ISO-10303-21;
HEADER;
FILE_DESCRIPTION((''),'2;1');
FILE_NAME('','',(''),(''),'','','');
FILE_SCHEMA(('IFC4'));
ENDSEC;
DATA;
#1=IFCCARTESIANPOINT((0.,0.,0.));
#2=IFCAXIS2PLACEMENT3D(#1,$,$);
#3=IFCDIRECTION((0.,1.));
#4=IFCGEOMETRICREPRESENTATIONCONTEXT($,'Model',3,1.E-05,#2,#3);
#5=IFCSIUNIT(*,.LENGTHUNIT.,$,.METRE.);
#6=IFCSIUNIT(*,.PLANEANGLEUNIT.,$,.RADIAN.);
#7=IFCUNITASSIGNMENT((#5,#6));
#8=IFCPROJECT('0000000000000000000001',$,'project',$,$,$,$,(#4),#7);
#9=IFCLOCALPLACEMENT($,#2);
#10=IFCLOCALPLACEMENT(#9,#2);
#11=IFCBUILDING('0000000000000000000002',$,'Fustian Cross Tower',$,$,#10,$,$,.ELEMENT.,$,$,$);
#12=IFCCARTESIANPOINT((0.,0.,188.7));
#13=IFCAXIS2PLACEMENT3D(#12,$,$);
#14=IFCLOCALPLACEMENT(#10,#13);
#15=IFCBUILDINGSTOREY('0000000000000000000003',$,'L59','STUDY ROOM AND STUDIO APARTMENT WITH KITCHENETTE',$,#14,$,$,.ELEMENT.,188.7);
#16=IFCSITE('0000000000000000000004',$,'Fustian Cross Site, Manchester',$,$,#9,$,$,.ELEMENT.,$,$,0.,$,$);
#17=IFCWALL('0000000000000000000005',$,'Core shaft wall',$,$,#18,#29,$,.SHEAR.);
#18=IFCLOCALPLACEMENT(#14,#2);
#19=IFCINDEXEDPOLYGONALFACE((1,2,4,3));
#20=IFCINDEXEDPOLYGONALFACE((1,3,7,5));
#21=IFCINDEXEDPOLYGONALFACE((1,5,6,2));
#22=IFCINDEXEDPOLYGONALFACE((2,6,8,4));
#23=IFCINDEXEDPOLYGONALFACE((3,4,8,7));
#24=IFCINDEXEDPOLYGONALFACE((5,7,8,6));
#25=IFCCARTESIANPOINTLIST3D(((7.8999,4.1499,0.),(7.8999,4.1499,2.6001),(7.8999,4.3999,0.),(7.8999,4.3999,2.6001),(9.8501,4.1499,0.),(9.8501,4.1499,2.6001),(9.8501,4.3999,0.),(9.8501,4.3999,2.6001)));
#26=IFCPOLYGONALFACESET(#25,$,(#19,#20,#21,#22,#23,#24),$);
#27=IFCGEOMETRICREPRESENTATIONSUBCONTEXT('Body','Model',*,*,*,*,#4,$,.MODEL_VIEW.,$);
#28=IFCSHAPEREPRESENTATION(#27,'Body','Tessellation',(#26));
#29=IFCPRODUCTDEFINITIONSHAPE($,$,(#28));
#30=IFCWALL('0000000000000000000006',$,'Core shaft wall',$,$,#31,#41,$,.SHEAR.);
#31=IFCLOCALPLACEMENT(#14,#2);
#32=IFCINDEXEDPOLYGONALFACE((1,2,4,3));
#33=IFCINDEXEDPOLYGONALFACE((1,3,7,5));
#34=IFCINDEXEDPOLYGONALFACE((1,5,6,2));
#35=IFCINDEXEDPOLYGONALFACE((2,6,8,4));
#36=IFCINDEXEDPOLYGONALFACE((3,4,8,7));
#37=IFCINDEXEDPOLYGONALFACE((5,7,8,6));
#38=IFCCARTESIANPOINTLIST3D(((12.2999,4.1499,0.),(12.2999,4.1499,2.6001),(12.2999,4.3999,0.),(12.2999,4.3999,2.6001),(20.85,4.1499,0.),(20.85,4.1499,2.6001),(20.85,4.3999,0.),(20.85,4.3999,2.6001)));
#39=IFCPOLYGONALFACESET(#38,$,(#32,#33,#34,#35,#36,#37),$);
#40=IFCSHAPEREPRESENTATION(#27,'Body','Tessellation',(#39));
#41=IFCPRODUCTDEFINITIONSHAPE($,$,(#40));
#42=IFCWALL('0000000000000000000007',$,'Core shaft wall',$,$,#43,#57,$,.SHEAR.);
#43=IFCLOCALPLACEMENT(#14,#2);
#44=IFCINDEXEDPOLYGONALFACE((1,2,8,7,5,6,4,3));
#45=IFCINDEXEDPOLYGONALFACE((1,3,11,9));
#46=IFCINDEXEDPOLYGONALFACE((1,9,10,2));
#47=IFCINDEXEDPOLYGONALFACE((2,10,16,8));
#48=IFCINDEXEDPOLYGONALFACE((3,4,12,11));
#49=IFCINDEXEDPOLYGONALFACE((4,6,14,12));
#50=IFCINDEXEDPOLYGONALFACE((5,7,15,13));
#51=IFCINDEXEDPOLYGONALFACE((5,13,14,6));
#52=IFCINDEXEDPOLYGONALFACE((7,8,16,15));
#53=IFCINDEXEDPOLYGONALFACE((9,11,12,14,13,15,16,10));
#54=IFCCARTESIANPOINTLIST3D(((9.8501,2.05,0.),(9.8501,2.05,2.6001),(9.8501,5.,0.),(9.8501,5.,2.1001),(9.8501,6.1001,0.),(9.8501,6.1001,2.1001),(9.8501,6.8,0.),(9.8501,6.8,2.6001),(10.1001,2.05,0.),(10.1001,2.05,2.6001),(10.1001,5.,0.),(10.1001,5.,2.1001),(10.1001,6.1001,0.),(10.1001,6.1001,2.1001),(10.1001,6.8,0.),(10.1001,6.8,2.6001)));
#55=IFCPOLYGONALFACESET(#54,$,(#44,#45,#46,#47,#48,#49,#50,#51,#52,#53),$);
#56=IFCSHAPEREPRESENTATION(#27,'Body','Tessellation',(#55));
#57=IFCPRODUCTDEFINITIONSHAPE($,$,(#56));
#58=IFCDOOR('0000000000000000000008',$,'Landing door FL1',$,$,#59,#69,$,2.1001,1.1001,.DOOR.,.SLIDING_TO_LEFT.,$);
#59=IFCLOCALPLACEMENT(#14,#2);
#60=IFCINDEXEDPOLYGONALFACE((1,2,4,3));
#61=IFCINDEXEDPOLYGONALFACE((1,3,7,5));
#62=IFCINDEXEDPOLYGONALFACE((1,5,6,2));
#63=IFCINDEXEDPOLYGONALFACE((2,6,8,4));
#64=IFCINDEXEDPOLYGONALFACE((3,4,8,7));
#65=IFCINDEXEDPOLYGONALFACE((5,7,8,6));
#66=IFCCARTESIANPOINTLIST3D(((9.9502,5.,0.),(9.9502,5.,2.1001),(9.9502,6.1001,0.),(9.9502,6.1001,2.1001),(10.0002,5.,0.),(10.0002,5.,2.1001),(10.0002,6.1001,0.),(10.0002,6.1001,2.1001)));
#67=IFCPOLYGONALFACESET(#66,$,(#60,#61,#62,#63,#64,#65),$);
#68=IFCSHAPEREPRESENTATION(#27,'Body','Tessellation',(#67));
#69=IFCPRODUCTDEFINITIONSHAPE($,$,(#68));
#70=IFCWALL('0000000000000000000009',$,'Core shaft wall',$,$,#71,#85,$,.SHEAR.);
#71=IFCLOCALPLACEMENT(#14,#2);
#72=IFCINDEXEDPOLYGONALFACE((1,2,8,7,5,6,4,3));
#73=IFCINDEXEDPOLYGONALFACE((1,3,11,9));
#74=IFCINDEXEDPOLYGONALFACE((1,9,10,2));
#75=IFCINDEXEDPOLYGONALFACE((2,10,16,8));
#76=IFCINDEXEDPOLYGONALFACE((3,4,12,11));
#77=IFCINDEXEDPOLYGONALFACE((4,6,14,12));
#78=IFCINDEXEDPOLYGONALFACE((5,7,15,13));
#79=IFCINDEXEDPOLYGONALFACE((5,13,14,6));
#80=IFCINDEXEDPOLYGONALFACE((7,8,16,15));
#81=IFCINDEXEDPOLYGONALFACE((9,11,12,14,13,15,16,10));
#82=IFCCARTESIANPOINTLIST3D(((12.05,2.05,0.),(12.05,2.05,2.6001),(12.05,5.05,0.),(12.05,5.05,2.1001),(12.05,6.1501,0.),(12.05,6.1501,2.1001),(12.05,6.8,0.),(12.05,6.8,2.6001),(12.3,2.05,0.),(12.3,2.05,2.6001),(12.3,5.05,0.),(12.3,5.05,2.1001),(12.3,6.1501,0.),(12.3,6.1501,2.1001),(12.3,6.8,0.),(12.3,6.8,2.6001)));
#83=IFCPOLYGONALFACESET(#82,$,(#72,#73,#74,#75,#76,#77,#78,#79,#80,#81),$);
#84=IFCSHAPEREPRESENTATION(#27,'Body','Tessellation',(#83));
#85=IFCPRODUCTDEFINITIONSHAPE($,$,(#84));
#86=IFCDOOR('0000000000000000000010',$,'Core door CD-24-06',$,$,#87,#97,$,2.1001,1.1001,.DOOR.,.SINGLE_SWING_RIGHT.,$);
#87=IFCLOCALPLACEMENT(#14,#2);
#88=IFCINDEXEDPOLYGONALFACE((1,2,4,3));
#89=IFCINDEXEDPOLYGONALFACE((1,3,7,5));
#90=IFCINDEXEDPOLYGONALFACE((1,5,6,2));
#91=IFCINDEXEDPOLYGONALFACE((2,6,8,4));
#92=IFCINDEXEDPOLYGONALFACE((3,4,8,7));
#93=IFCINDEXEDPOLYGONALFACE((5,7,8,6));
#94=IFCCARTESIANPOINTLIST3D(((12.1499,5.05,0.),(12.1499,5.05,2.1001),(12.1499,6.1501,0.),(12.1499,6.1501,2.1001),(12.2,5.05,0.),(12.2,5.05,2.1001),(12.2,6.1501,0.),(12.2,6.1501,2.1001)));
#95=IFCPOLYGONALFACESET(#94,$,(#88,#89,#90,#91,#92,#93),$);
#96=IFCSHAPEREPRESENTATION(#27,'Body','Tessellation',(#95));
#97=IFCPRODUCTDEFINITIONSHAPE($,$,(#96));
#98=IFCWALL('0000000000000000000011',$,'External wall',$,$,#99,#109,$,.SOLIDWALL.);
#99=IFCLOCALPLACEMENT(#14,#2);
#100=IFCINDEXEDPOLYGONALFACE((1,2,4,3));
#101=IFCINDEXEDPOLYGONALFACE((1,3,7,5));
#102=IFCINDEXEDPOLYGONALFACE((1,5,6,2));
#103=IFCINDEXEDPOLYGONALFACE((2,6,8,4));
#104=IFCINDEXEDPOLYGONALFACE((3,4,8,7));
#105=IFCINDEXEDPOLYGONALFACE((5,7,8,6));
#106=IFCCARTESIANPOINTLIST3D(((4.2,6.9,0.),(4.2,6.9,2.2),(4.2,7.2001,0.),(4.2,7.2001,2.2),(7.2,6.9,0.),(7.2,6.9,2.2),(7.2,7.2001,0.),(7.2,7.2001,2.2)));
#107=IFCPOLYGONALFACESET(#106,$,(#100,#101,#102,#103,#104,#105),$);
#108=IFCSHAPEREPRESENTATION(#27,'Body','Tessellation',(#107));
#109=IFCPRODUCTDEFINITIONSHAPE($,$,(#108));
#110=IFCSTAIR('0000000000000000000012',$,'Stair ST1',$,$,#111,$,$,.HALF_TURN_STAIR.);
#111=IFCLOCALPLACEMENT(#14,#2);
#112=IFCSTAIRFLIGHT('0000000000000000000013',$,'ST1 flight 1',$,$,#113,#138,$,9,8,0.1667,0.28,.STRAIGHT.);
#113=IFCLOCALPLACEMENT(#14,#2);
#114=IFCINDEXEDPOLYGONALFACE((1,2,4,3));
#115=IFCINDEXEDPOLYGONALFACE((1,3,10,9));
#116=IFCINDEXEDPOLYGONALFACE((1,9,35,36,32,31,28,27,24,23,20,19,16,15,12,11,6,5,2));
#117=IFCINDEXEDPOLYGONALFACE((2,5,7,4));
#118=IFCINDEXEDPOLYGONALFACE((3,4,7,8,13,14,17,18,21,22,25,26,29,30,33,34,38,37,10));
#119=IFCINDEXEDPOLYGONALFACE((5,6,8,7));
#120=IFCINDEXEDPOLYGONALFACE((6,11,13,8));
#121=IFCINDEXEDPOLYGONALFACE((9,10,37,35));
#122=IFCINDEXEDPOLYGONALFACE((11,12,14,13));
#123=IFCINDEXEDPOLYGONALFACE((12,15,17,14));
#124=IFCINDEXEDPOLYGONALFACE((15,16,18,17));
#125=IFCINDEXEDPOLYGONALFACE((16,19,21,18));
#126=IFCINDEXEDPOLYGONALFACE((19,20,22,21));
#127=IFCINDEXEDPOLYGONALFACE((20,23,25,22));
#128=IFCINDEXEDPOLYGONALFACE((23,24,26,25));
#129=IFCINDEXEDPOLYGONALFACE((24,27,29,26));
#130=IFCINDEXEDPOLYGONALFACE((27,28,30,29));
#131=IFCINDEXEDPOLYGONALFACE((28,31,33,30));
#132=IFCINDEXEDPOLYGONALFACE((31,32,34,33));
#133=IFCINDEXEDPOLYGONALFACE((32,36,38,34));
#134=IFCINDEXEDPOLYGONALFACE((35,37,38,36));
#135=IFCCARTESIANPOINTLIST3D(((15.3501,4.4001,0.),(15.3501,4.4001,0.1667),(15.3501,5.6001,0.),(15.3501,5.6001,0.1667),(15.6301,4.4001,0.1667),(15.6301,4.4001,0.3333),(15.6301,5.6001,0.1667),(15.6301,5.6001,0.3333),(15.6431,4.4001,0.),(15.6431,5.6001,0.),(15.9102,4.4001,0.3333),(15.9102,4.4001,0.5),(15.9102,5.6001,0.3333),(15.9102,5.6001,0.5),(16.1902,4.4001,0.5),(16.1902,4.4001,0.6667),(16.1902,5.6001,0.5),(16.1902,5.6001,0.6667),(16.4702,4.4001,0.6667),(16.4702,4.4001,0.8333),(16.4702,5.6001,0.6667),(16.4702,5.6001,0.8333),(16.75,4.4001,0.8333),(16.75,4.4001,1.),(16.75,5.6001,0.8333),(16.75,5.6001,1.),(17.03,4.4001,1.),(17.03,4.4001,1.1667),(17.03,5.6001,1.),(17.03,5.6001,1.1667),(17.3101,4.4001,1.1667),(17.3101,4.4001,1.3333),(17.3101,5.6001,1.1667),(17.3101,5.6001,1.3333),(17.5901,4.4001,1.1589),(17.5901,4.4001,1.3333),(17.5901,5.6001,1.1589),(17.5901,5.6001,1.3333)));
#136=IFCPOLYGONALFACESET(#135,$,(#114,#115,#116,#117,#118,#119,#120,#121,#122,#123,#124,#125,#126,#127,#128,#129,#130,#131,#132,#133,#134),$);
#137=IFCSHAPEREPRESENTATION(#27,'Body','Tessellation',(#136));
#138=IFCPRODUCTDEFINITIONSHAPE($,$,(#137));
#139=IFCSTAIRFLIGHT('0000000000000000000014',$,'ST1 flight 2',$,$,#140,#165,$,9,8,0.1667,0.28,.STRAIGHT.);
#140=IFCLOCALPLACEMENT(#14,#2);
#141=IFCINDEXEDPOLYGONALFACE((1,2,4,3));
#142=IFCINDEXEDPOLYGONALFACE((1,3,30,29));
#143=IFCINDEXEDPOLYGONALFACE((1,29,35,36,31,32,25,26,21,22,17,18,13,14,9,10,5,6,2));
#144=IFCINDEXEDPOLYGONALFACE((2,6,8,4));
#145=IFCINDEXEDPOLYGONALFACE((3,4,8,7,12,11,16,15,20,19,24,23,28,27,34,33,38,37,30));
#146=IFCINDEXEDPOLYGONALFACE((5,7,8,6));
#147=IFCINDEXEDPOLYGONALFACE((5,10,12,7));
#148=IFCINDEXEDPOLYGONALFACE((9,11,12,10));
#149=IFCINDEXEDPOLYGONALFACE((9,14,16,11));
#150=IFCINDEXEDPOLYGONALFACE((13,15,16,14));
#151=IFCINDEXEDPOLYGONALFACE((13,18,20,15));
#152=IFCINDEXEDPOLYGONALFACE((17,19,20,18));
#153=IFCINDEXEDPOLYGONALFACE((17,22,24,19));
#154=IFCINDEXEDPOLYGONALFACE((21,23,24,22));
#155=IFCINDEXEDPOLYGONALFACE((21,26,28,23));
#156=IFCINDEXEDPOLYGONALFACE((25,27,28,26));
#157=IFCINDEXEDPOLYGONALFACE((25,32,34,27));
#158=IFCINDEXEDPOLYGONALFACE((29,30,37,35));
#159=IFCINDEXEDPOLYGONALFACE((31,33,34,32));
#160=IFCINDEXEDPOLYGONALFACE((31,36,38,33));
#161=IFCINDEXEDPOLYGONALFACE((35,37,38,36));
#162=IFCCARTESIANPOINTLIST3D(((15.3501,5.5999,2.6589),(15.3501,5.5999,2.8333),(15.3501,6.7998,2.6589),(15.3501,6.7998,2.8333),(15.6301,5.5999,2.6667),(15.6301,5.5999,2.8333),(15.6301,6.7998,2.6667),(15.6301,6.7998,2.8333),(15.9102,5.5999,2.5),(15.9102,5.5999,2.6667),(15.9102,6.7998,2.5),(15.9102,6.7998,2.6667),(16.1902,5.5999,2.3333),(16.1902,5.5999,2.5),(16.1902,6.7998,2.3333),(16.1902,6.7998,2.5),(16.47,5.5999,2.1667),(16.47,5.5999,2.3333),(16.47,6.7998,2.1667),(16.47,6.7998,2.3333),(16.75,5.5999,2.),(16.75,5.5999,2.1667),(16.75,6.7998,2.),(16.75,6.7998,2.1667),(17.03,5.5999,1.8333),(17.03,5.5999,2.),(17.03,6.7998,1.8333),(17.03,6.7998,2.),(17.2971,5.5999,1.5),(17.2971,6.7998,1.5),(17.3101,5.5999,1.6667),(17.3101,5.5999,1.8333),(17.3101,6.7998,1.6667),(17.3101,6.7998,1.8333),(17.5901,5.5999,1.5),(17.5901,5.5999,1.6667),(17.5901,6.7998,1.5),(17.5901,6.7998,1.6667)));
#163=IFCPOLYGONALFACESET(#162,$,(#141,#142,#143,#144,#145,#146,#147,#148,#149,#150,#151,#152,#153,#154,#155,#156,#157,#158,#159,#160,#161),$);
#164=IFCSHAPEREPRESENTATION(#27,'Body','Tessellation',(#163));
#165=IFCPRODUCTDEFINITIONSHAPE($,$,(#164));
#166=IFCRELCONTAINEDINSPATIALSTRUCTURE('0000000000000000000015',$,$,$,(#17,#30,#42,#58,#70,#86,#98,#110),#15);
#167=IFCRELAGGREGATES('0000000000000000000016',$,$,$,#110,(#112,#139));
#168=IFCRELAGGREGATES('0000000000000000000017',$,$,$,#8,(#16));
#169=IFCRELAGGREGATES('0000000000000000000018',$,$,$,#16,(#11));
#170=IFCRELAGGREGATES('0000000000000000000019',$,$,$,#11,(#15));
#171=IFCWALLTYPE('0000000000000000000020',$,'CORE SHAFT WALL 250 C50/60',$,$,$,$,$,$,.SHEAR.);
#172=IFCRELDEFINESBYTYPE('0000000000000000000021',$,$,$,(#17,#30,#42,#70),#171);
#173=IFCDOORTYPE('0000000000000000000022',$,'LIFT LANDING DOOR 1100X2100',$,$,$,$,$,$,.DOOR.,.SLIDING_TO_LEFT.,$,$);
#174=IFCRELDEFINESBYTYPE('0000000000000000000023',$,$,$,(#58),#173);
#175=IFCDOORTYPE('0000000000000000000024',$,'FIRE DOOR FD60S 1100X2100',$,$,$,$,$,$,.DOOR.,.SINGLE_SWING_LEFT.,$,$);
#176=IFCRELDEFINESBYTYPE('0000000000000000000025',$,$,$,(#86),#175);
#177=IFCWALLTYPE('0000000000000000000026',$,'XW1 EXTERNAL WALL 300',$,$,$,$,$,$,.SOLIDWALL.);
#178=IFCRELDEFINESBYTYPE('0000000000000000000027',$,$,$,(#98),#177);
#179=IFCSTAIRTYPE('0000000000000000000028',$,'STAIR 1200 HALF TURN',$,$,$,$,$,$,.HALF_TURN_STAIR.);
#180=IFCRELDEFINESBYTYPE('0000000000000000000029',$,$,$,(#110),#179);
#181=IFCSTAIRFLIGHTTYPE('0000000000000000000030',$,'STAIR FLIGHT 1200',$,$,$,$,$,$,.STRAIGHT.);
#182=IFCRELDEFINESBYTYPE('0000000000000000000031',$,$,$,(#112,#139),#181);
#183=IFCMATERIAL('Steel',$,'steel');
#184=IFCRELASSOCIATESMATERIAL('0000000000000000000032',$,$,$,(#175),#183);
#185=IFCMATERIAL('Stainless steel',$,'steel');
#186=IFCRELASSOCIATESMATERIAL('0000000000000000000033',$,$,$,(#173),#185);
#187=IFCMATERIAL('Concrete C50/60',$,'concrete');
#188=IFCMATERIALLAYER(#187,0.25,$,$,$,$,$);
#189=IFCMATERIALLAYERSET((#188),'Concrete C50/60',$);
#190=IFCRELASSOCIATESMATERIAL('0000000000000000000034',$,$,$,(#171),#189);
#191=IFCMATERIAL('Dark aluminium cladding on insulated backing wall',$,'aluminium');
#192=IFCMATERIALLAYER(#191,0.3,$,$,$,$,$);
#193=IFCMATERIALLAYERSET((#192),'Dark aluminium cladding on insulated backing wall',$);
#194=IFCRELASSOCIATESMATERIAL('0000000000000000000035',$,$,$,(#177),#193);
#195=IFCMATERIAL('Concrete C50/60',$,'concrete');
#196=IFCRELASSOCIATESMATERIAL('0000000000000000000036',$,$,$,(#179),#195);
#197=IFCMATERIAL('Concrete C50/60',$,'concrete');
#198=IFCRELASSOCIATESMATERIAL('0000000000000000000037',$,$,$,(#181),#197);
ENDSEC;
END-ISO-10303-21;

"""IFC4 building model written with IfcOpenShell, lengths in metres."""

from ifc_helpers import new_model, si_unit, direction, frame, frame_2d, origin, place, context, subcontext, project, spatial, polyline, rectangle, outline, extrude, material, layer, layer_set, type_object, element, fill, aggregate, save


model = new_model("IFC4")

# Units and contexts
model_context = context("Model", 3, precision=1e-05, world=origin(), true_north=direction((0.0, 1.0)))
body_context = subcontext(model_context, "Body", "Model", "MODEL_VIEW")
ifc_project = project(units=[si_unit("LENGTHUNIT", "METRE"), si_unit("PLANEANGLEUNIT", "RADIAN")], contexts=[model_context])

# Site, building, storey
site_placement = place(None, origin())
site = spatial("IfcSite", under=ifc_project, at=site_placement, Name="Fustian Cross Site, Manchester", CompositionType="ELEMENT", RefElevation=0.0)
building_placement = place(site_placement, origin())
building = spatial("IfcBuilding", under=site, at=building_placement, Name="Fustian Cross Tower", CompositionType="ELEMENT")
storey_placement = place(building_placement, frame((0.0, 0.0, 188.7)))
storey = spatial("IfcBuildingStorey", under=building, at=storey_placement, Name="L59", Description="STUDY ROOM AND STUDIO APARTMENT WITH KITCHENETTE", CompositionType="ELEMENT", Elevation=188.7)

# Shared definitions
ifc_material_1 = material(Name="Steel", Category="steel")
door_type_1 = type_object("IfcDoorType", Name="FIRE DOOR FD60S 1100X2100", OperationType="SINGLE_SWING_LEFT", PredefinedType="DOOR", material=ifc_material_1)
ifc_material_2 = material(Name="Stainless steel", Category="steel")
door_type_2 = type_object("IfcDoorType", Name="LIFT LANDING DOOR 1100X2100", OperationType="SLIDING_TO_LEFT", PredefinedType="DOOR", material=ifc_material_2)

# Walls
ifc_material_3 = material(Name="Concrete C50/60", Category="concrete")
ifc_layer_1 = layer(ifc_material_3, 0.25)
ifc_layer_set_1 = layer_set([ifc_layer_1], Name="Concrete C50/60")
wall_type_1 = type_object("IfcWallType", Name="CORE SHAFT WALL 250 C50/60", PredefinedType="SHEAR", material=ifc_layer_set_1)
wall_1_placement = place(storey_placement, frame((7.8999, 4.2749, 0.0), z_axis=(0.0, 0.0, 1.0), x_axis=(1.0, 0.0, 0.0)))
element("IfcWall", 1, at=wall_1_placement, inside=storey, type_object=wall_type_1, Name="Core shaft wall", PredefinedType="SHEAR", context=body_context, shape_type="SweptSolid", body=[
    extrude(rectangle(XDim=1.9502, YDim=0.25, at=frame_2d((0.9751, 0.0))), origin(), (0.0, 0.0, 1.0), 2.6001),
])
wall_2_placement = place(storey_placement, frame((12.3, 4.2749, 0.0), z_axis=(0.0, 0.0, 1.0), x_axis=(1.0, 0.0, 0.0)))
element("IfcWall", 2, at=wall_2_placement, inside=storey, type_object=wall_type_1, Name="Core shaft wall", PredefinedType="SHEAR", context=body_context, shape_type="SweptSolid", body=[
    extrude(rectangle(XDim=8.55, YDim=0.25, at=frame_2d((4.2749, 0.0))), origin(), (0.0, 0.0, 1.0), 2.6001),
])

# Walls, openings, doors
wall_3_placement = place(storey_placement, frame((9.9751, 2.05, 0.0), z_axis=(0.0, 0.0, 1.0), x_axis=(0.0, 1.0, 0.0)))
wall_3 = element("IfcWall", 3, at=wall_3_placement, inside=storey, type_object=wall_type_1, Name="Core shaft wall", PredefinedType="SHEAR", context=body_context, shape_type="SweptSolid", body=[
    extrude(rectangle(XDim=4.75, YDim=0.25, at=frame_2d((2.375, 0.0))), origin(), (0.0, 0.0, 1.0), 2.6001),
])
opening_1_placement = place(wall_3_placement, frame((2.95, 0.0, 0.0)))
opening_1 = element("IfcOpeningElement", 4, at=opening_1_placement, cuts=wall_3, PredefinedType="OPENING", context=body_context, shape_type="SweptSolid", body=[
    extrude(rectangle(XDim=1.1001, YDim=2.1001, at=frame_2d((0.55, 1.05))), frame((0.0, 0.135, 0.0), z_axis=(0.0, -1.0, 0.0), x_axis=(1.0, 0.0, 0.0)), (0.0, 0.0, 1.0), 0.27),
])
door_1_placement = place(opening_1_placement, origin())
door_1 = element("IfcDoor", 5, at=door_1_placement, inside=storey, type_object=door_type_2, Name="Landing door FL1", OperationType="SLIDING_TO_LEFT", OverallHeight=2.1001, OverallWidth=1.1001, PredefinedType="DOOR", context=body_context, shape_type="SweptSolid", body=[
    extrude(rectangle(XDim=1.1001, YDim=2.1001, at=frame_2d((0.55, 1.05))), frame((0.0, 0.0249, 0.0), z_axis=(0.0, -1.0, 0.0), x_axis=(1.0, 0.0, 0.0)), (0.0, 0.0, 1.0), 0.05),
])
fill(opening_1, door_1)
wall_4_placement = place(storey_placement, frame((12.175, 2.05, 0.0), z_axis=(0.0, 0.0, 1.0), x_axis=(0.0, 1.0, 0.0)))
wall_4 = element("IfcWall", 6, at=wall_4_placement, inside=storey, type_object=wall_type_1, Name="Core shaft wall", PredefinedType="SHEAR", context=body_context, shape_type="SweptSolid", body=[
    extrude(rectangle(XDim=4.75, YDim=0.25, at=frame_2d((2.375, 0.0))), origin(), (0.0, 0.0, 1.0), 2.6001),
])
opening_2_placement = place(wall_4_placement, frame((3.0, 0.0, 0.0)))
opening_2 = element("IfcOpeningElement", 7, at=opening_2_placement, cuts=wall_4, PredefinedType="OPENING", context=body_context, shape_type="SweptSolid", body=[
    extrude(rectangle(XDim=1.1001, YDim=2.1001, at=frame_2d((0.55, 1.05))), frame((0.0, 0.135, 0.0), z_axis=(0.0, -1.0, 0.0), x_axis=(1.0, 0.0, 0.0)), (0.0, 0.0, 1.0), 0.27),
])
door_2_placement = place(opening_2_placement, frame((1.1001, 0.0, 0.0), z_axis=(0.0, 0.0, 1.0), x_axis=(-1.0, 0.0, 0.0)))
door_2 = element("IfcDoor", 8, at=door_2_placement, inside=storey, type_object=door_type_1, Name="Core door CD-24-06", OperationType="SINGLE_SWING_RIGHT", OverallHeight=2.1001, OverallWidth=1.1001, PredefinedType="DOOR", context=body_context, shape_type="SweptSolid", body=[
    extrude(rectangle(XDim=1.1001, YDim=2.1001, at=frame_2d((0.55, 1.05))), frame((0.0, 0.0249, 0.0), z_axis=(0.0, -1.0, 0.0), x_axis=(1.0, 0.0, 0.0)), (0.0, 0.0, 1.0), 0.05),
])
fill(opening_2, door_2)

# Wall
ifc_material_4 = material(Name="Dark aluminium cladding on insulated backing wall", Category="aluminium")
ifc_layer_2 = layer(ifc_material_4, 0.3)
ifc_layer_set_2 = layer_set([ifc_layer_2], Name="Dark aluminium cladding on insulated backing wall")
wall_type_2 = type_object("IfcWallType", Name="XW1 EXTERNAL WALL 300", PredefinedType="SOLIDWALL", material=ifc_layer_set_2)
wall_5_placement = place(storey_placement, frame((7.2, 7.05, 0.0), z_axis=(0.0, 0.0, 1.0), x_axis=(-1.0, 0.0, 0.0)))
element("IfcWall", 9, at=wall_5_placement, inside=storey, type_object=wall_type_2, Name="External wall", PredefinedType="SOLIDWALL", context=body_context, shape_type="SweptSolid", body=[
    extrude(rectangle(XDim=3.0, YDim=0.3, at=frame_2d((1.5, 0.0))), origin(), (0.0, 0.0, 1.0), 2.2),
])

# Stair, stair flights
ifc_material_5 = material(Name="Concrete C50/60", Category="concrete")
stair_type = type_object("IfcStairType", Name="STAIR 1200 HALF TURN", PredefinedType="HALF_TURN_STAIR", material=ifc_material_5)
stair_placement = place(storey_placement, origin())
stair = element("IfcStair", 10, at=stair_placement, inside=storey, type_object=stair_type, Name="Stair ST1", PredefinedType="HALF_TURN_STAIR")
ifc_material_6 = material(Name="Concrete C50/60", Category="concrete")
stair_flight_type = type_object("IfcStairFlightType", Name="STAIR FLIGHT 1200", PredefinedType="STRAIGHT", material=ifc_material_6)
stair_flight_1_placement = place(storey_placement, frame((15.3501, 5.0, 0.0), z_axis=(0.0, 0.0, 1.0), x_axis=(1.0, 0.0, 0.0)))
stair_flight_1 = element("IfcStairFlight", 11, at=stair_flight_1_placement, type_object=stair_flight_type, Name="ST1 flight 1", NumberOfRisers=9, NumberOfTreads=8, PredefinedType="STRAIGHT", RiserHeight=0.1667, TreadLength=0.28, context=body_context, shape_type="SweptSolid", body=[
    extrude(outline(polyline([(0.0, 0.0), (0.0, 0.1667), (0.28, 0.1667), (0.28, 0.3333), (0.5601, 0.3333), (0.5601, 0.5), (0.8401, 0.5), (0.8401, 0.6667), (1.1201, 0.6667), (1.1201, 0.8333), (1.3999, 0.8333), (1.3999, 1.0), (1.6799, 1.0), (1.6799, 1.1667), (1.96, 1.1667), (1.96, 1.3333), (2.24, 1.3333), (2.24, 1.5), (2.24, 1.1589), (0.293, 0.0), (0.0, 0.0)])), frame((0.0, 0.6001, 0.0), z_axis=(0.0, -1.0, 0.0), x_axis=(1.0, 0.0, 0.0)), (0.0, 0.0, 1.0), 1.2),
])
stair_flight_2_placement = place(storey_placement, frame((17.5901, 6.2, 1.5), z_axis=(0.0, 0.0, 1.0), x_axis=(-1.0, 0.0, 0.0)))
stair_flight_2 = element("IfcStairFlight", 12, at=stair_flight_2_placement, type_object=stair_flight_type, Name="ST1 flight 2", NumberOfRisers=9, NumberOfTreads=8, PredefinedType="STRAIGHT", RiserHeight=0.1667, TreadLength=0.28, context=body_context, shape_type="SweptSolid", body=[
    extrude(outline(polyline([(0.0, 0.0), (0.0, 0.1667), (0.28, 0.1667), (0.28, 0.3333), (0.5601, 0.3333), (0.5601, 0.5), (0.8401, 0.5), (0.8401, 0.6667), (1.1201, 0.6667), (1.1201, 0.8333), (1.3999, 0.8333), (1.3999, 1.0), (1.6799, 1.0), (1.6799, 1.1667), (1.96, 1.1667), (1.96, 1.3333), (2.24, 1.3333), (2.24, 1.5), (2.24, 1.1589), (0.293, 0.0), (0.0, 0.0)])), frame((0.0, 0.6001, 0.0), z_axis=(0.0, -1.0, 0.0), x_axis=(1.0, 0.0, 0.0)), (0.0, 0.0, 1.0), 1.2),
])
aggregate(stair, [stair_flight_1, stair_flight_2])

save(model, "model.ifc")
